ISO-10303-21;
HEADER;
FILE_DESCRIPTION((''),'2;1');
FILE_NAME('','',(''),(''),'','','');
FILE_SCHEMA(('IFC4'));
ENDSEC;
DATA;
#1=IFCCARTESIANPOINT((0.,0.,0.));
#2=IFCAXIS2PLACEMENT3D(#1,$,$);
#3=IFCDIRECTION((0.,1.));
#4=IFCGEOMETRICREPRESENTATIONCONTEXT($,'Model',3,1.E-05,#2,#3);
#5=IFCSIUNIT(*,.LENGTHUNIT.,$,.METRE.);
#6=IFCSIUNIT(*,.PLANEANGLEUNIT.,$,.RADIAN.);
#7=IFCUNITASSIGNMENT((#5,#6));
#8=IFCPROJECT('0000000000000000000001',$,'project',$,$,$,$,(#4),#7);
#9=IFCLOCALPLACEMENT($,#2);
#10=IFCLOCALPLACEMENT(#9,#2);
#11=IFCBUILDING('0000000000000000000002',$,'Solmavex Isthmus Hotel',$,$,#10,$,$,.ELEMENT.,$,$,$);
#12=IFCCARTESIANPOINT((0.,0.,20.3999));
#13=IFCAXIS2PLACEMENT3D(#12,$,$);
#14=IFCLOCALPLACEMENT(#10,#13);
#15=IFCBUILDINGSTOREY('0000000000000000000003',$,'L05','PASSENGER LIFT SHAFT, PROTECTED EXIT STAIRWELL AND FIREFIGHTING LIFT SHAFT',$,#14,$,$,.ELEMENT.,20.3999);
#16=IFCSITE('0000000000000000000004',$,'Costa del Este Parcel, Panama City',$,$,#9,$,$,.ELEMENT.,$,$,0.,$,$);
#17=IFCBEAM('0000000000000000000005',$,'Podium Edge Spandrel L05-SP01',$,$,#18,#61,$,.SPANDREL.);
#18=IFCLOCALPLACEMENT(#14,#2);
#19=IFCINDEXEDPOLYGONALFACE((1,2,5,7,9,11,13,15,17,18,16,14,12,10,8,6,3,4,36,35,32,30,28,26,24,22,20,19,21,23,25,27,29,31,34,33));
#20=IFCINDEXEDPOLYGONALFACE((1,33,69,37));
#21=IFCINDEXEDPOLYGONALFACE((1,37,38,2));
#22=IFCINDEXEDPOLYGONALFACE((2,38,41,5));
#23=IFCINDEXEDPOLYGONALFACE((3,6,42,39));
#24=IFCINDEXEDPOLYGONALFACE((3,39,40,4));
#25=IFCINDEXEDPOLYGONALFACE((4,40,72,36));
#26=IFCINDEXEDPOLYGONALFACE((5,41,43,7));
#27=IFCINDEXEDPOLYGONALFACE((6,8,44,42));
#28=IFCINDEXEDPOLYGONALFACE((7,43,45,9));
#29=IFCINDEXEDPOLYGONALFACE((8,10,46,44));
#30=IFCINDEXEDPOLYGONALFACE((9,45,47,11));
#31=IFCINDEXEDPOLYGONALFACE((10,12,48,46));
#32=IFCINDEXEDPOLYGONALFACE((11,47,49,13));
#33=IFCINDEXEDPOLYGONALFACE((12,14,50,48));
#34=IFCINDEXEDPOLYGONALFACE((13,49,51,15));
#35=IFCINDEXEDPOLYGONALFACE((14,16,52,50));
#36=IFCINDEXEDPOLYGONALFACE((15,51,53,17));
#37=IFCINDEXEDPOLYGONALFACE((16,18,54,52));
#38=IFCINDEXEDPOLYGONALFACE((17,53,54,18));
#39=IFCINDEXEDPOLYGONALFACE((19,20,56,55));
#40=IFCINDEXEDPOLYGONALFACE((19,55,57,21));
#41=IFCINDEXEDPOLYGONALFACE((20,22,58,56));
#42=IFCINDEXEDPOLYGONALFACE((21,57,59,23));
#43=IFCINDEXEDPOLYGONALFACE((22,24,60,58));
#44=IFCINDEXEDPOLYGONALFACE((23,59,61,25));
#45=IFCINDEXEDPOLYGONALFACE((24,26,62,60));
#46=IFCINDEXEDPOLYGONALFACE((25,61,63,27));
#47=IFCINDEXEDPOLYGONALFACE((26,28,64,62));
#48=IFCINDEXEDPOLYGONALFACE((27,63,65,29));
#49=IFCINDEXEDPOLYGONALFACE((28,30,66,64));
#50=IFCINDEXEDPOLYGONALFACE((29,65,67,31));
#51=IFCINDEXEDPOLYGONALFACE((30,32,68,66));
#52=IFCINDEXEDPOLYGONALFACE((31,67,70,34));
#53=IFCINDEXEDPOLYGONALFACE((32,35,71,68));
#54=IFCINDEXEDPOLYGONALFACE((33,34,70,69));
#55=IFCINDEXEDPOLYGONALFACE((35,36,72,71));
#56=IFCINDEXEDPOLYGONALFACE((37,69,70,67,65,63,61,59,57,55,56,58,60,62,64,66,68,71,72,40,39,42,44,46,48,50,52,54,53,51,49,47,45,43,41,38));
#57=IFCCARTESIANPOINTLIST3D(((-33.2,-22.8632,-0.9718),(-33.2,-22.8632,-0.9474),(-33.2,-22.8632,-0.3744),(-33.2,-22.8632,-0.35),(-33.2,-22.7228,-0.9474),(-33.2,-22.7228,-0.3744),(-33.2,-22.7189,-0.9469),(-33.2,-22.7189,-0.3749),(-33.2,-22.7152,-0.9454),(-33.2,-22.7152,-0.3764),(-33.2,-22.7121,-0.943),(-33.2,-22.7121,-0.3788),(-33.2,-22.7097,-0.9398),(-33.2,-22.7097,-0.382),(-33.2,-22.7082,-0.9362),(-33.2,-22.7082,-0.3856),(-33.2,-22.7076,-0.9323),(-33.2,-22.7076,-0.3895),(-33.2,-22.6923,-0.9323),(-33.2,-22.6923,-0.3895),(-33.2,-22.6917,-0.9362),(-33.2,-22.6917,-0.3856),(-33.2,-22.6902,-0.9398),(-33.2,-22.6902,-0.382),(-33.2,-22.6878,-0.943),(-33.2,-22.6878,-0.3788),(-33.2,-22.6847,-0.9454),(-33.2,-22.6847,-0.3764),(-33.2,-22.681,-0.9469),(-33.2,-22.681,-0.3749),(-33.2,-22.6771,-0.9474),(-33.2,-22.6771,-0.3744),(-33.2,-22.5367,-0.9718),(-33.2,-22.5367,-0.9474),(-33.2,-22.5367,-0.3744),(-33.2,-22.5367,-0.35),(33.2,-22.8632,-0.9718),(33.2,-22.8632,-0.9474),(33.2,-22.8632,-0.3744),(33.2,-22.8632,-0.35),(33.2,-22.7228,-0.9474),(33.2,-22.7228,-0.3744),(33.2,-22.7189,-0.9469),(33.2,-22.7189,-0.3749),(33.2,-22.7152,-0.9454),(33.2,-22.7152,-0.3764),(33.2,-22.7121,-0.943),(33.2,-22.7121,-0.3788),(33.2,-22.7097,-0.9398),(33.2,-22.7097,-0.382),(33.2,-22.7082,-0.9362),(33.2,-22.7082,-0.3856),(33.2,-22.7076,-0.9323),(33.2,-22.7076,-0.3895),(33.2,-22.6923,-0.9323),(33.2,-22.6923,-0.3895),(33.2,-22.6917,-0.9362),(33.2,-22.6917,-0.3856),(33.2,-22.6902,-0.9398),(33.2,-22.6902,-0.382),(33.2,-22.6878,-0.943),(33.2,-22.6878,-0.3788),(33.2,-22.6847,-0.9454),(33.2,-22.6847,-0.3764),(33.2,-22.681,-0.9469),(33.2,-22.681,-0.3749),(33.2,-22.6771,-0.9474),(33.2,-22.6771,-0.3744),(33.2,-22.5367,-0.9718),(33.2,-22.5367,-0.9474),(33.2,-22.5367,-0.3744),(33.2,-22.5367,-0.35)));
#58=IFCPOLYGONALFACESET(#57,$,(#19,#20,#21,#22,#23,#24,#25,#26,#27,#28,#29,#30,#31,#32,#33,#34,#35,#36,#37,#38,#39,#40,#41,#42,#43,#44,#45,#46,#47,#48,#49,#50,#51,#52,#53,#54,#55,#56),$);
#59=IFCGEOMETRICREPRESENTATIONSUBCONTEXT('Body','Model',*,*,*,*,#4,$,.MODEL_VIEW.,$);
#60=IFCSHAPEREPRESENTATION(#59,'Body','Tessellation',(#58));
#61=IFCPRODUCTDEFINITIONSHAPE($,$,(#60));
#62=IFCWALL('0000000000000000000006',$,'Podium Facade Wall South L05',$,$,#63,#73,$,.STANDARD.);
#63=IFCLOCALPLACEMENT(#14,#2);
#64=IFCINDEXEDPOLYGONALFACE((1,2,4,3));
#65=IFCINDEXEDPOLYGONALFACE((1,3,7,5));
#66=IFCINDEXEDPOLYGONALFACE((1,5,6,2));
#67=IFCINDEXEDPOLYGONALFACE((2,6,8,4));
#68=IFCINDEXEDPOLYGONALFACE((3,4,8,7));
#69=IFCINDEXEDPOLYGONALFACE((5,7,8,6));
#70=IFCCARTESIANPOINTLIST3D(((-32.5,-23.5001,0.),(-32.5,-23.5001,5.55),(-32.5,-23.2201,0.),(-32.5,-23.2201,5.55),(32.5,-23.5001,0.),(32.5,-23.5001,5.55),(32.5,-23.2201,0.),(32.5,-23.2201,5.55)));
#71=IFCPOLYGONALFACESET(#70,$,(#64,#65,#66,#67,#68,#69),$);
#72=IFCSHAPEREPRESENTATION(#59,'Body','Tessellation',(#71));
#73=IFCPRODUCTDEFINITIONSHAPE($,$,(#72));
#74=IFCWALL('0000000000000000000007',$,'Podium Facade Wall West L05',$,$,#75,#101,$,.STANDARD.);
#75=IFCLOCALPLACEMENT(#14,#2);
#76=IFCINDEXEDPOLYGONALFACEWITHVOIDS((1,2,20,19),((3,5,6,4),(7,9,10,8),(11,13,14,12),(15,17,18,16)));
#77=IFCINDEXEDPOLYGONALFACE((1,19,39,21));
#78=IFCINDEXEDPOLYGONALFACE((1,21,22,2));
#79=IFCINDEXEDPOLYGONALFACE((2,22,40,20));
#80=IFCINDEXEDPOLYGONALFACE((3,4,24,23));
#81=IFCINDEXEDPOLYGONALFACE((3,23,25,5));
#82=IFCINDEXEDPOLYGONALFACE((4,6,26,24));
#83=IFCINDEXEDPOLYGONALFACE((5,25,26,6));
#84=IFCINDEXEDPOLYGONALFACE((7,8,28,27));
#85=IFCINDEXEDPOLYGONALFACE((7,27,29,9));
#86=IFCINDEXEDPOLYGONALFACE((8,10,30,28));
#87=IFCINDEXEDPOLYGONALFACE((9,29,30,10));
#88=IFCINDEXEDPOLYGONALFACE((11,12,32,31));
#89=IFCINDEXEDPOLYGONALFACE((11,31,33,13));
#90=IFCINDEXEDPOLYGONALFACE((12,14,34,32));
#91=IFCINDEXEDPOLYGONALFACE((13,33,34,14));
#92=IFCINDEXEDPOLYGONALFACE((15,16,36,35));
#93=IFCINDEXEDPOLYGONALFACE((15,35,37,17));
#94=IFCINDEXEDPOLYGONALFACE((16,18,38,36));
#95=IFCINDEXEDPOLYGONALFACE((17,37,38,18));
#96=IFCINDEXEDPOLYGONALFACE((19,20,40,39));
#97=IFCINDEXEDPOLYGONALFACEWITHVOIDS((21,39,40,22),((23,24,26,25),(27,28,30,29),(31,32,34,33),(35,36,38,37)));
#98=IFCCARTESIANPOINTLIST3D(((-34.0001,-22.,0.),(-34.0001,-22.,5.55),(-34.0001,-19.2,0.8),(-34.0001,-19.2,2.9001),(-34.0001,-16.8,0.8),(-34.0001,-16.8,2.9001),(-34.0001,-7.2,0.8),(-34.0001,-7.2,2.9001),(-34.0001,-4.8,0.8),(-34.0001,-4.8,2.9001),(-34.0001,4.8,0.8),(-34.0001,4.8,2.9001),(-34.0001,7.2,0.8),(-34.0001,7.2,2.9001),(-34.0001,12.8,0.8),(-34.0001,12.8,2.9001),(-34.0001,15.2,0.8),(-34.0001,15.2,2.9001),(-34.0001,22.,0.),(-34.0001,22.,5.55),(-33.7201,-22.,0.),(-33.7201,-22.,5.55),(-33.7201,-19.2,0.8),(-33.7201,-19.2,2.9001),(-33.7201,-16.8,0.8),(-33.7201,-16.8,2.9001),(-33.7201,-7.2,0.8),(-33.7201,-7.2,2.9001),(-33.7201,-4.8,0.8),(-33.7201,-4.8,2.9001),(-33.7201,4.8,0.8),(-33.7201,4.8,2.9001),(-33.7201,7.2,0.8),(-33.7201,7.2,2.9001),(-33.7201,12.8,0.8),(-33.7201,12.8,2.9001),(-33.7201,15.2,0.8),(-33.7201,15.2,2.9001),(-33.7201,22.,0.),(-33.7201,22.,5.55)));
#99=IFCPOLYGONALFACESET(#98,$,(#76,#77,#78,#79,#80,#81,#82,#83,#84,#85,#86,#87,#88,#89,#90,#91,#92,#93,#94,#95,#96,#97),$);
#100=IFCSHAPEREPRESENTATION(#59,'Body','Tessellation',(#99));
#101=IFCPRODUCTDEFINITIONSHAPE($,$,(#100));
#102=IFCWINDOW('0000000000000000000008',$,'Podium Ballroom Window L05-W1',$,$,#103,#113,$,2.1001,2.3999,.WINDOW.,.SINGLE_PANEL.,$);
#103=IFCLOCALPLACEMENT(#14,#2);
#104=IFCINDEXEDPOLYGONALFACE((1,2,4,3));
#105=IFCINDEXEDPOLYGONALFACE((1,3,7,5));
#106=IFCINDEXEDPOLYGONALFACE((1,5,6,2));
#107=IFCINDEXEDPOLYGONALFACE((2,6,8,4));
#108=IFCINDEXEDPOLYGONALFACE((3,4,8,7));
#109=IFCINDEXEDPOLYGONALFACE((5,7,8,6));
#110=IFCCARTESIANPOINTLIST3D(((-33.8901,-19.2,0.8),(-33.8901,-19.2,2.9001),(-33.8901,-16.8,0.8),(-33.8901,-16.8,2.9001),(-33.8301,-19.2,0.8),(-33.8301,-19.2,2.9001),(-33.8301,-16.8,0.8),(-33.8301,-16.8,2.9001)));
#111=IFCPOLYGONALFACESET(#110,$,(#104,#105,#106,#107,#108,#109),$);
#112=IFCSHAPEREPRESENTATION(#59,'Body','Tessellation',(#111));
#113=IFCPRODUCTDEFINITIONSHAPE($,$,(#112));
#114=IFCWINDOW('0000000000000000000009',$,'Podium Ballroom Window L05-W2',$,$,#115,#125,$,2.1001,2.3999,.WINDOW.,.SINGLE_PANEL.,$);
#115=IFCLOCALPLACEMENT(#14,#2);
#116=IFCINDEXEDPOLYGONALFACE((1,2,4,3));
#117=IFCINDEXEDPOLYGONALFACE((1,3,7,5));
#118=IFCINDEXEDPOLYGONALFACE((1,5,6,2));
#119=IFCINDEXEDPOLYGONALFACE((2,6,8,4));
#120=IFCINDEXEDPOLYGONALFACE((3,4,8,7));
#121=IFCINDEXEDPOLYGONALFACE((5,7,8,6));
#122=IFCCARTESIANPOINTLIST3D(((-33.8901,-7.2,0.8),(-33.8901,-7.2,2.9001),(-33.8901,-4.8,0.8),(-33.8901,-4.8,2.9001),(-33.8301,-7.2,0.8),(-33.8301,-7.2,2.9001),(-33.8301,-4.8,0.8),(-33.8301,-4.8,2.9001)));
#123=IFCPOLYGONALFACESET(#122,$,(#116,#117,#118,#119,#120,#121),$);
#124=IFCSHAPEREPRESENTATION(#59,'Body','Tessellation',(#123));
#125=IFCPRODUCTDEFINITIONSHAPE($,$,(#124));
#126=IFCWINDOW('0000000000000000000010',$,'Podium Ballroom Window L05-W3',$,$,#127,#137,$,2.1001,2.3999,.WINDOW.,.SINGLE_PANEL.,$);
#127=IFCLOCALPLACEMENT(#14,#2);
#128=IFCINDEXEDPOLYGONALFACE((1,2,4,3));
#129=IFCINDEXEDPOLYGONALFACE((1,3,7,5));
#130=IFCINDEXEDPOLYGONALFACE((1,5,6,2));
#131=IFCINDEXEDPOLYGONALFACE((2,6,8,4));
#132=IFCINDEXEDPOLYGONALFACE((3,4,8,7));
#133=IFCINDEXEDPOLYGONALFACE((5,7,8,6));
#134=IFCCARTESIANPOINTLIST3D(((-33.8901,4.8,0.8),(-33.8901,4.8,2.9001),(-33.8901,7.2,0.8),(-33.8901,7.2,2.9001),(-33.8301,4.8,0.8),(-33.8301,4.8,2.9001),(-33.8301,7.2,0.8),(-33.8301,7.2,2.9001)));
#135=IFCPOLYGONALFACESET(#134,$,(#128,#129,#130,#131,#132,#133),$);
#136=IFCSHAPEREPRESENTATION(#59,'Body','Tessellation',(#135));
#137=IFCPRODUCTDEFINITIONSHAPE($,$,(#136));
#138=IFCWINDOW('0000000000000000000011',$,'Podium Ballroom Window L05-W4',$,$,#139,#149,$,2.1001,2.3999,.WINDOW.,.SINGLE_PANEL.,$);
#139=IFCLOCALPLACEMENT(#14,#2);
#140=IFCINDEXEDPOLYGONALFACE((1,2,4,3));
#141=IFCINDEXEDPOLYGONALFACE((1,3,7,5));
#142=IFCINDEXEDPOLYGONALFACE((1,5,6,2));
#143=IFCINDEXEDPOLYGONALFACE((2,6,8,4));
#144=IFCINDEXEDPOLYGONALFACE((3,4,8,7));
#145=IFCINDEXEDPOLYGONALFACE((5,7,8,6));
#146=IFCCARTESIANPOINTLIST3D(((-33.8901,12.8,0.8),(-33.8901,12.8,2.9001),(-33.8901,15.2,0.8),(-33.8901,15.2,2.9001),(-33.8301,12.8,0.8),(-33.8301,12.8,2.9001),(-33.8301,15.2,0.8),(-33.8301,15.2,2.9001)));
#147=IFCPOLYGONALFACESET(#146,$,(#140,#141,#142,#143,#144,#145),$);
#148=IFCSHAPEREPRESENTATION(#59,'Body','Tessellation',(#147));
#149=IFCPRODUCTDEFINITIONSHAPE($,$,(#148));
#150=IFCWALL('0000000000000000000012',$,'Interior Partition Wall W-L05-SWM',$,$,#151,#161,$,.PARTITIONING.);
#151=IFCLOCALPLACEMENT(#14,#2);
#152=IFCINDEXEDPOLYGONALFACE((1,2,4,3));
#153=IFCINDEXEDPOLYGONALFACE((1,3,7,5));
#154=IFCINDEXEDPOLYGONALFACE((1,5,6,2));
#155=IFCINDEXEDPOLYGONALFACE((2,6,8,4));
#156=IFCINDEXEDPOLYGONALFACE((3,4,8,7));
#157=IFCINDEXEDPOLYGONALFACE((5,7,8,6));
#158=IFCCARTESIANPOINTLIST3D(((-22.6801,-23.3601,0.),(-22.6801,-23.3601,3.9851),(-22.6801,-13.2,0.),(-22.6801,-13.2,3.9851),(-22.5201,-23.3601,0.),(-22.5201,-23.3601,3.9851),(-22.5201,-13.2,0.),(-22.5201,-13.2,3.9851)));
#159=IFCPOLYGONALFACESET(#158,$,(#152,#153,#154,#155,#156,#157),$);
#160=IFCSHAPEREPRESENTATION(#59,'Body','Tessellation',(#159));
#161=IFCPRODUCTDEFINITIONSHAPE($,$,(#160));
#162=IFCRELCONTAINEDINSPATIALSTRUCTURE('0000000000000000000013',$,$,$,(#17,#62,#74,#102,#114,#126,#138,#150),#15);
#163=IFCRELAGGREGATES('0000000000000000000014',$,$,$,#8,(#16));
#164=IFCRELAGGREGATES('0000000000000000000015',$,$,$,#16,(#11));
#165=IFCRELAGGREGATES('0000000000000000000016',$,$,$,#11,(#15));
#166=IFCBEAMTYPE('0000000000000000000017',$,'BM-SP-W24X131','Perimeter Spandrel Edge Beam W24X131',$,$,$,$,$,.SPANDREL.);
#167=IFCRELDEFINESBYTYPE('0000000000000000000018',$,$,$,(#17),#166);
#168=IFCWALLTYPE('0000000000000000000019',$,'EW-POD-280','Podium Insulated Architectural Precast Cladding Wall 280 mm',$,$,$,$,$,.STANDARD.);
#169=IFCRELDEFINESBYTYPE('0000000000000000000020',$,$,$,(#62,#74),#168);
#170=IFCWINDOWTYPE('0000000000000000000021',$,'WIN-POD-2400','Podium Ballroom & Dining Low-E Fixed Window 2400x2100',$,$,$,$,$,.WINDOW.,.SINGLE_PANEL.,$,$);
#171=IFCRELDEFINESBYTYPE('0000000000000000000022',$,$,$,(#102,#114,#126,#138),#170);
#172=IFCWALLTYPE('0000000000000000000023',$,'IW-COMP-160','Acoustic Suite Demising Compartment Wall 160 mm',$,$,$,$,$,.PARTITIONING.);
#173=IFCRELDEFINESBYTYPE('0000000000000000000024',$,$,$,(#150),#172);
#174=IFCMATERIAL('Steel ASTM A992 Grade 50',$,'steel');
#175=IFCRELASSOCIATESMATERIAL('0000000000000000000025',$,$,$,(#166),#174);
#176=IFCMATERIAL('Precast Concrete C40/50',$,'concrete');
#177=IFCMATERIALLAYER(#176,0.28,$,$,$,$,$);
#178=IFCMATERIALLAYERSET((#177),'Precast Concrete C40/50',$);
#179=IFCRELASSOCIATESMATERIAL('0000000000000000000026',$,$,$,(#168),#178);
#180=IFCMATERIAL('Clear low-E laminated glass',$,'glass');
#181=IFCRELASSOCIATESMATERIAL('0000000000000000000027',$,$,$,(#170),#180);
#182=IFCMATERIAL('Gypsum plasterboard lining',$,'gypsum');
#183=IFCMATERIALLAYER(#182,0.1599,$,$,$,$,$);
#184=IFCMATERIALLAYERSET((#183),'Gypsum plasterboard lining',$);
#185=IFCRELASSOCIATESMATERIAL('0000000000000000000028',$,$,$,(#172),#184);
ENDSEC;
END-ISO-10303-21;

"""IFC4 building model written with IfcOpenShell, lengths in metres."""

from ifc_helpers import new_model, si_unit, direction, frame, frame_2d, origin, origin_2d, place, context, subcontext, project, spatial, rectangle, i_section, extrude, material, layer, layer_set, material_profile, profile_set, type_object, element, fill, save


model = new_model("IFC4")

# Units and contexts
model_context = context("Model", 3, precision=1e-05, world=origin(), true_north=direction((0.0, 1.0)))
body_context = subcontext(model_context, "Body", "Model", "MODEL_VIEW")
ifc_project = project(units=[si_unit("LENGTHUNIT", "METRE"), si_unit("PLANEANGLEUNIT", "RADIAN")], contexts=[model_context])

# Site, building, storey
site_placement = place(None, origin())
site = spatial("IfcSite", under=ifc_project, at=site_placement, Name="Costa del Este Parcel, Panama City", CompositionType="ELEMENT", RefElevation=0.0)
building_placement = place(site_placement, origin())
building = spatial("IfcBuilding", under=site, at=building_placement, Name="Solmavex Isthmus Hotel", CompositionType="ELEMENT")
storey_placement = place(building_placement, frame((0.0, 0.0, 20.3999)))
storey = spatial("IfcBuildingStorey", under=building, at=storey_placement, Name="L05", Description="PASSENGER LIFT SHAFT, PROTECTED EXIT STAIRWELL AND FIREFIGHTING LIFT SHAFT", CompositionType="ELEMENT", Elevation=20.3999)

# Beam
ifc_material_1 = material(Name="Steel ASTM A992 Grade 50", Category="steel")
ifc_material_profile_1 = material_profile(ifc_material_1, i_section(OverallWidth=0.3264, OverallDepth=0.6218, WebThickness=0.0154, FlangeThickness=0.0244, FilletRadius=0.0151, at=origin_2d()), Name="W24X131")
ifc_profile_set_1 = profile_set([ifc_material_profile_1], Name="Steel ASTM A992 Grade 50")
beam_type_1 = type_object("IfcBeamType", Name="BM-SP-W24X131", Description="Perimeter Spandrel Edge Beam W24X131", PredefinedType="SPANDREL", material=ifc_profile_set_1)
beam_1_placement = place(storey_placement, frame((-33.2, -22.7, -0.6609), z_axis=(1.0, 0.0, 0.0), x_axis=(0.0, 1.0, 0.0)))
element("IfcBeam", 1, at=beam_1_placement, inside=storey, type_object=beam_type_1, Name="Podium Edge Spandrel L05-SP01", PredefinedType="SPANDREL", context=body_context, shape_type="SweptSolid", body=[
    extrude(i_section(OverallWidth=0.3264, OverallDepth=0.6218, WebThickness=0.0154, FlangeThickness=0.0244, FilletRadius=0.0151, at=origin_2d()), origin(), (0.0, 0.0, 1.0), 66.3999),
])

# Wall
ifc_material_2 = material(Name="Precast Concrete C40/50", Category="concrete")
ifc_layer_1 = layer(ifc_material_2, 0.28)
ifc_layer_set_1 = layer_set([ifc_layer_1], Name="Precast Concrete C40/50")
wall_type_1 = type_object("IfcWallType", Name="EW-POD-280", Description="Podium Insulated Architectural Precast Cladding Wall 280 mm", PredefinedType="STANDARD", material=ifc_layer_set_1)
wall_1_placement = place(storey_placement, frame((-32.5, -23.3601, 0.0), z_axis=(0.0, 0.0, 1.0), x_axis=(1.0, 0.0, 0.0)))
element("IfcWall", 2, at=wall_1_placement, inside=storey, type_object=wall_type_1, Name="Podium Facade Wall South L05", PredefinedType="STANDARD", context=body_context, shape_type="SweptSolid", body=[
    extrude(rectangle(XDim=65.0, YDim=0.28, at=frame_2d((32.5, 0.0))), origin(), (0.0, 0.0, 1.0), 5.55),
])

# Wall, openings, windows
wall_2_placement = place(storey_placement, frame((-33.8601, -22.0, 0.0), z_axis=(0.0, 0.0, 1.0), x_axis=(0.0, 1.0, 0.0)))
wall_2 = element("IfcWall", 3, at=wall_2_placement, inside=storey, type_object=wall_type_1, Name="Podium Facade Wall West L05", PredefinedType="STANDARD", context=body_context, shape_type="SweptSolid", body=[
    extrude(rectangle(XDim=44.0, YDim=0.28, at=frame_2d((22.0, 0.0))), origin(), (0.0, 0.0, 1.0), 5.55),
])
opening_1_placement = place(wall_2_placement, frame((2.8, 0.0, 0.8)))
opening_1 = element("IfcOpeningElement", 4, at=opening_1_placement, cuts=wall_2, PredefinedType="OPENING", context=body_context, shape_type="SweptSolid", body=[
    extrude(rectangle(XDim=2.3999, YDim=2.1001, at=frame_2d((1.2, 1.05))), frame((0.0, 0.1499, 0.0), z_axis=(0.0, -1.0, 0.0), x_axis=(1.0, 0.0, 0.0)), (0.0, 0.0, 1.0), 0.3),
])
opening_2_placement = place(wall_2_placement, frame((14.8, 0.0, 0.8)))
opening_2 = element("IfcOpeningElement", 5, at=opening_2_placement, cuts=wall_2, PredefinedType="OPENING", context=body_context, shape_type="SweptSolid", body=[
    extrude(rectangle(XDim=2.3999, YDim=2.1001, at=frame_2d((1.2, 1.05))), frame((0.0, 0.1499, 0.0), z_axis=(0.0, -1.0, 0.0), x_axis=(1.0, 0.0, 0.0)), (0.0, 0.0, 1.0), 0.3),
])
opening_3_placement = place(wall_2_placement, frame((26.8, 0.0, 0.8)))
opening_3 = element("IfcOpeningElement", 6, at=opening_3_placement, cuts=wall_2, PredefinedType="OPENING", context=body_context, shape_type="SweptSolid", body=[
    extrude(rectangle(XDim=2.3999, YDim=2.1001, at=frame_2d((1.2, 1.05))), frame((0.0, 0.1499, 0.0), z_axis=(0.0, -1.0, 0.0), x_axis=(1.0, 0.0, 0.0)), (0.0, 0.0, 1.0), 0.3),
])
opening_4_placement = place(wall_2_placement, frame((34.8, 0.0, 0.8)))
opening_4 = element("IfcOpeningElement", 7, at=opening_4_placement, cuts=wall_2, PredefinedType="OPENING", context=body_context, shape_type="SweptSolid", body=[
    extrude(rectangle(XDim=2.3999, YDim=2.1001, at=frame_2d((1.2, 1.05))), frame((0.0, 0.1499, 0.0), z_axis=(0.0, -1.0, 0.0), x_axis=(1.0, 0.0, 0.0)), (0.0, 0.0, 1.0), 0.3),
])
ifc_material_3 = material(Name="Clear low-E laminated glass", Category="glass")
window_type = type_object("IfcWindowType", Name="WIN-POD-2400", Description="Podium Ballroom & Dining Low-E Fixed Window 2400x2100", PartitioningType="SINGLE_PANEL", PredefinedType="WINDOW", material=ifc_material_3)
window_1_placement = place(opening_1_placement, origin())
window_1 = element("IfcWindow", 8, at=window_1_placement, inside=storey, type_object=window_type, Name="Podium Ballroom Window L05-W1", OverallHeight=2.1001, OverallWidth=2.3999, PartitioningType="SINGLE_PANEL", PredefinedType="WINDOW", context=body_context, shape_type="SweptSolid", body=[
    extrude(rectangle(XDim=2.3999, YDim=2.1001, at=frame_2d((1.2, 1.05))), frame((0.0, 0.03, 0.0), z_axis=(0.0, -1.0, 0.0), x_axis=(1.0, 0.0, 0.0)), (0.0, 0.0, 1.0), 0.0601),
])
fill(opening_1, window_1)
window_2_placement = place(opening_2_placement, origin())
window_2 = element("IfcWindow", 9, at=window_2_placement, inside=storey, type_object=window_type, Name="Podium Ballroom Window L05-W2", OverallHeight=2.1001, OverallWidth=2.3999, PartitioningType="SINGLE_PANEL", PredefinedType="WINDOW", context=body_context, shape_type="SweptSolid", body=[
    extrude(rectangle(XDim=2.3999, YDim=2.1001, at=frame_2d((1.2, 1.05))), frame((0.0, 0.03, 0.0), z_axis=(0.0, -1.0, 0.0), x_axis=(1.0, 0.0, 0.0)), (0.0, 0.0, 1.0), 0.0601),
])
fill(opening_2, window_2)
window_3_placement = place(opening_3_placement, origin())
window_3 = element("IfcWindow", 10, at=window_3_placement, inside=storey, type_object=window_type, Name="Podium Ballroom Window L05-W3", OverallHeight=2.1001, OverallWidth=2.3999, PartitioningType="SINGLE_PANEL", PredefinedType="WINDOW", context=body_context, shape_type="SweptSolid", body=[
    extrude(rectangle(XDim=2.3999, YDim=2.1001, at=frame_2d((1.2, 1.05))), frame((0.0, 0.03, 0.0), z_axis=(0.0, -1.0, 0.0), x_axis=(1.0, 0.0, 0.0)), (0.0, 0.0, 1.0), 0.0601),
])
fill(opening_3, window_3)
window_4_placement = place(opening_4_placement, origin())
window_4 = element("IfcWindow", 11, at=window_4_placement, inside=storey, type_object=window_type, Name="Podium Ballroom Window L05-W4", OverallHeight=2.1001, OverallWidth=2.3999, PartitioningType="SINGLE_PANEL", PredefinedType="WINDOW", context=body_context, shape_type="SweptSolid", body=[
    extrude(rectangle(XDim=2.3999, YDim=2.1001, at=frame_2d((1.2, 1.05))), frame((0.0, 0.03, 0.0), z_axis=(0.0, -1.0, 0.0), x_axis=(1.0, 0.0, 0.0)), (0.0, 0.0, 1.0), 0.0601),
])
fill(opening_4, window_4)

# Wall
ifc_material_4 = material(Name="Gypsum plasterboard lining", Category="gypsum")
ifc_layer_2 = layer(ifc_material_4, 0.1599)
ifc_layer_set_2 = layer_set([ifc_layer_2], Name="Gypsum plasterboard lining")
wall_type_2 = type_object("IfcWallType", Name="IW-COMP-160", Description="Acoustic Suite Demising Compartment Wall 160 mm", PredefinedType="PARTITIONING", material=ifc_layer_set_2)
wall_3_placement = place(storey_placement, frame((-22.6001, -23.3601, 0.0), z_axis=(0.0, 0.0, 1.0), x_axis=(0.0, 1.0, 0.0)))
element("IfcWall", 12, at=wall_3_placement, inside=storey, type_object=wall_type_2, Name="Interior Partition Wall W-L05-SWM", PredefinedType="PARTITIONING", context=body_context, shape_type="SweptSolid", body=[
    extrude(rectangle(XDim=10.1602, YDim=0.1599, at=frame_2d((5.0801, 0.0))), origin(), (0.0, 0.0, 1.0), 3.9851),
])

save(model, "model.ifc")
